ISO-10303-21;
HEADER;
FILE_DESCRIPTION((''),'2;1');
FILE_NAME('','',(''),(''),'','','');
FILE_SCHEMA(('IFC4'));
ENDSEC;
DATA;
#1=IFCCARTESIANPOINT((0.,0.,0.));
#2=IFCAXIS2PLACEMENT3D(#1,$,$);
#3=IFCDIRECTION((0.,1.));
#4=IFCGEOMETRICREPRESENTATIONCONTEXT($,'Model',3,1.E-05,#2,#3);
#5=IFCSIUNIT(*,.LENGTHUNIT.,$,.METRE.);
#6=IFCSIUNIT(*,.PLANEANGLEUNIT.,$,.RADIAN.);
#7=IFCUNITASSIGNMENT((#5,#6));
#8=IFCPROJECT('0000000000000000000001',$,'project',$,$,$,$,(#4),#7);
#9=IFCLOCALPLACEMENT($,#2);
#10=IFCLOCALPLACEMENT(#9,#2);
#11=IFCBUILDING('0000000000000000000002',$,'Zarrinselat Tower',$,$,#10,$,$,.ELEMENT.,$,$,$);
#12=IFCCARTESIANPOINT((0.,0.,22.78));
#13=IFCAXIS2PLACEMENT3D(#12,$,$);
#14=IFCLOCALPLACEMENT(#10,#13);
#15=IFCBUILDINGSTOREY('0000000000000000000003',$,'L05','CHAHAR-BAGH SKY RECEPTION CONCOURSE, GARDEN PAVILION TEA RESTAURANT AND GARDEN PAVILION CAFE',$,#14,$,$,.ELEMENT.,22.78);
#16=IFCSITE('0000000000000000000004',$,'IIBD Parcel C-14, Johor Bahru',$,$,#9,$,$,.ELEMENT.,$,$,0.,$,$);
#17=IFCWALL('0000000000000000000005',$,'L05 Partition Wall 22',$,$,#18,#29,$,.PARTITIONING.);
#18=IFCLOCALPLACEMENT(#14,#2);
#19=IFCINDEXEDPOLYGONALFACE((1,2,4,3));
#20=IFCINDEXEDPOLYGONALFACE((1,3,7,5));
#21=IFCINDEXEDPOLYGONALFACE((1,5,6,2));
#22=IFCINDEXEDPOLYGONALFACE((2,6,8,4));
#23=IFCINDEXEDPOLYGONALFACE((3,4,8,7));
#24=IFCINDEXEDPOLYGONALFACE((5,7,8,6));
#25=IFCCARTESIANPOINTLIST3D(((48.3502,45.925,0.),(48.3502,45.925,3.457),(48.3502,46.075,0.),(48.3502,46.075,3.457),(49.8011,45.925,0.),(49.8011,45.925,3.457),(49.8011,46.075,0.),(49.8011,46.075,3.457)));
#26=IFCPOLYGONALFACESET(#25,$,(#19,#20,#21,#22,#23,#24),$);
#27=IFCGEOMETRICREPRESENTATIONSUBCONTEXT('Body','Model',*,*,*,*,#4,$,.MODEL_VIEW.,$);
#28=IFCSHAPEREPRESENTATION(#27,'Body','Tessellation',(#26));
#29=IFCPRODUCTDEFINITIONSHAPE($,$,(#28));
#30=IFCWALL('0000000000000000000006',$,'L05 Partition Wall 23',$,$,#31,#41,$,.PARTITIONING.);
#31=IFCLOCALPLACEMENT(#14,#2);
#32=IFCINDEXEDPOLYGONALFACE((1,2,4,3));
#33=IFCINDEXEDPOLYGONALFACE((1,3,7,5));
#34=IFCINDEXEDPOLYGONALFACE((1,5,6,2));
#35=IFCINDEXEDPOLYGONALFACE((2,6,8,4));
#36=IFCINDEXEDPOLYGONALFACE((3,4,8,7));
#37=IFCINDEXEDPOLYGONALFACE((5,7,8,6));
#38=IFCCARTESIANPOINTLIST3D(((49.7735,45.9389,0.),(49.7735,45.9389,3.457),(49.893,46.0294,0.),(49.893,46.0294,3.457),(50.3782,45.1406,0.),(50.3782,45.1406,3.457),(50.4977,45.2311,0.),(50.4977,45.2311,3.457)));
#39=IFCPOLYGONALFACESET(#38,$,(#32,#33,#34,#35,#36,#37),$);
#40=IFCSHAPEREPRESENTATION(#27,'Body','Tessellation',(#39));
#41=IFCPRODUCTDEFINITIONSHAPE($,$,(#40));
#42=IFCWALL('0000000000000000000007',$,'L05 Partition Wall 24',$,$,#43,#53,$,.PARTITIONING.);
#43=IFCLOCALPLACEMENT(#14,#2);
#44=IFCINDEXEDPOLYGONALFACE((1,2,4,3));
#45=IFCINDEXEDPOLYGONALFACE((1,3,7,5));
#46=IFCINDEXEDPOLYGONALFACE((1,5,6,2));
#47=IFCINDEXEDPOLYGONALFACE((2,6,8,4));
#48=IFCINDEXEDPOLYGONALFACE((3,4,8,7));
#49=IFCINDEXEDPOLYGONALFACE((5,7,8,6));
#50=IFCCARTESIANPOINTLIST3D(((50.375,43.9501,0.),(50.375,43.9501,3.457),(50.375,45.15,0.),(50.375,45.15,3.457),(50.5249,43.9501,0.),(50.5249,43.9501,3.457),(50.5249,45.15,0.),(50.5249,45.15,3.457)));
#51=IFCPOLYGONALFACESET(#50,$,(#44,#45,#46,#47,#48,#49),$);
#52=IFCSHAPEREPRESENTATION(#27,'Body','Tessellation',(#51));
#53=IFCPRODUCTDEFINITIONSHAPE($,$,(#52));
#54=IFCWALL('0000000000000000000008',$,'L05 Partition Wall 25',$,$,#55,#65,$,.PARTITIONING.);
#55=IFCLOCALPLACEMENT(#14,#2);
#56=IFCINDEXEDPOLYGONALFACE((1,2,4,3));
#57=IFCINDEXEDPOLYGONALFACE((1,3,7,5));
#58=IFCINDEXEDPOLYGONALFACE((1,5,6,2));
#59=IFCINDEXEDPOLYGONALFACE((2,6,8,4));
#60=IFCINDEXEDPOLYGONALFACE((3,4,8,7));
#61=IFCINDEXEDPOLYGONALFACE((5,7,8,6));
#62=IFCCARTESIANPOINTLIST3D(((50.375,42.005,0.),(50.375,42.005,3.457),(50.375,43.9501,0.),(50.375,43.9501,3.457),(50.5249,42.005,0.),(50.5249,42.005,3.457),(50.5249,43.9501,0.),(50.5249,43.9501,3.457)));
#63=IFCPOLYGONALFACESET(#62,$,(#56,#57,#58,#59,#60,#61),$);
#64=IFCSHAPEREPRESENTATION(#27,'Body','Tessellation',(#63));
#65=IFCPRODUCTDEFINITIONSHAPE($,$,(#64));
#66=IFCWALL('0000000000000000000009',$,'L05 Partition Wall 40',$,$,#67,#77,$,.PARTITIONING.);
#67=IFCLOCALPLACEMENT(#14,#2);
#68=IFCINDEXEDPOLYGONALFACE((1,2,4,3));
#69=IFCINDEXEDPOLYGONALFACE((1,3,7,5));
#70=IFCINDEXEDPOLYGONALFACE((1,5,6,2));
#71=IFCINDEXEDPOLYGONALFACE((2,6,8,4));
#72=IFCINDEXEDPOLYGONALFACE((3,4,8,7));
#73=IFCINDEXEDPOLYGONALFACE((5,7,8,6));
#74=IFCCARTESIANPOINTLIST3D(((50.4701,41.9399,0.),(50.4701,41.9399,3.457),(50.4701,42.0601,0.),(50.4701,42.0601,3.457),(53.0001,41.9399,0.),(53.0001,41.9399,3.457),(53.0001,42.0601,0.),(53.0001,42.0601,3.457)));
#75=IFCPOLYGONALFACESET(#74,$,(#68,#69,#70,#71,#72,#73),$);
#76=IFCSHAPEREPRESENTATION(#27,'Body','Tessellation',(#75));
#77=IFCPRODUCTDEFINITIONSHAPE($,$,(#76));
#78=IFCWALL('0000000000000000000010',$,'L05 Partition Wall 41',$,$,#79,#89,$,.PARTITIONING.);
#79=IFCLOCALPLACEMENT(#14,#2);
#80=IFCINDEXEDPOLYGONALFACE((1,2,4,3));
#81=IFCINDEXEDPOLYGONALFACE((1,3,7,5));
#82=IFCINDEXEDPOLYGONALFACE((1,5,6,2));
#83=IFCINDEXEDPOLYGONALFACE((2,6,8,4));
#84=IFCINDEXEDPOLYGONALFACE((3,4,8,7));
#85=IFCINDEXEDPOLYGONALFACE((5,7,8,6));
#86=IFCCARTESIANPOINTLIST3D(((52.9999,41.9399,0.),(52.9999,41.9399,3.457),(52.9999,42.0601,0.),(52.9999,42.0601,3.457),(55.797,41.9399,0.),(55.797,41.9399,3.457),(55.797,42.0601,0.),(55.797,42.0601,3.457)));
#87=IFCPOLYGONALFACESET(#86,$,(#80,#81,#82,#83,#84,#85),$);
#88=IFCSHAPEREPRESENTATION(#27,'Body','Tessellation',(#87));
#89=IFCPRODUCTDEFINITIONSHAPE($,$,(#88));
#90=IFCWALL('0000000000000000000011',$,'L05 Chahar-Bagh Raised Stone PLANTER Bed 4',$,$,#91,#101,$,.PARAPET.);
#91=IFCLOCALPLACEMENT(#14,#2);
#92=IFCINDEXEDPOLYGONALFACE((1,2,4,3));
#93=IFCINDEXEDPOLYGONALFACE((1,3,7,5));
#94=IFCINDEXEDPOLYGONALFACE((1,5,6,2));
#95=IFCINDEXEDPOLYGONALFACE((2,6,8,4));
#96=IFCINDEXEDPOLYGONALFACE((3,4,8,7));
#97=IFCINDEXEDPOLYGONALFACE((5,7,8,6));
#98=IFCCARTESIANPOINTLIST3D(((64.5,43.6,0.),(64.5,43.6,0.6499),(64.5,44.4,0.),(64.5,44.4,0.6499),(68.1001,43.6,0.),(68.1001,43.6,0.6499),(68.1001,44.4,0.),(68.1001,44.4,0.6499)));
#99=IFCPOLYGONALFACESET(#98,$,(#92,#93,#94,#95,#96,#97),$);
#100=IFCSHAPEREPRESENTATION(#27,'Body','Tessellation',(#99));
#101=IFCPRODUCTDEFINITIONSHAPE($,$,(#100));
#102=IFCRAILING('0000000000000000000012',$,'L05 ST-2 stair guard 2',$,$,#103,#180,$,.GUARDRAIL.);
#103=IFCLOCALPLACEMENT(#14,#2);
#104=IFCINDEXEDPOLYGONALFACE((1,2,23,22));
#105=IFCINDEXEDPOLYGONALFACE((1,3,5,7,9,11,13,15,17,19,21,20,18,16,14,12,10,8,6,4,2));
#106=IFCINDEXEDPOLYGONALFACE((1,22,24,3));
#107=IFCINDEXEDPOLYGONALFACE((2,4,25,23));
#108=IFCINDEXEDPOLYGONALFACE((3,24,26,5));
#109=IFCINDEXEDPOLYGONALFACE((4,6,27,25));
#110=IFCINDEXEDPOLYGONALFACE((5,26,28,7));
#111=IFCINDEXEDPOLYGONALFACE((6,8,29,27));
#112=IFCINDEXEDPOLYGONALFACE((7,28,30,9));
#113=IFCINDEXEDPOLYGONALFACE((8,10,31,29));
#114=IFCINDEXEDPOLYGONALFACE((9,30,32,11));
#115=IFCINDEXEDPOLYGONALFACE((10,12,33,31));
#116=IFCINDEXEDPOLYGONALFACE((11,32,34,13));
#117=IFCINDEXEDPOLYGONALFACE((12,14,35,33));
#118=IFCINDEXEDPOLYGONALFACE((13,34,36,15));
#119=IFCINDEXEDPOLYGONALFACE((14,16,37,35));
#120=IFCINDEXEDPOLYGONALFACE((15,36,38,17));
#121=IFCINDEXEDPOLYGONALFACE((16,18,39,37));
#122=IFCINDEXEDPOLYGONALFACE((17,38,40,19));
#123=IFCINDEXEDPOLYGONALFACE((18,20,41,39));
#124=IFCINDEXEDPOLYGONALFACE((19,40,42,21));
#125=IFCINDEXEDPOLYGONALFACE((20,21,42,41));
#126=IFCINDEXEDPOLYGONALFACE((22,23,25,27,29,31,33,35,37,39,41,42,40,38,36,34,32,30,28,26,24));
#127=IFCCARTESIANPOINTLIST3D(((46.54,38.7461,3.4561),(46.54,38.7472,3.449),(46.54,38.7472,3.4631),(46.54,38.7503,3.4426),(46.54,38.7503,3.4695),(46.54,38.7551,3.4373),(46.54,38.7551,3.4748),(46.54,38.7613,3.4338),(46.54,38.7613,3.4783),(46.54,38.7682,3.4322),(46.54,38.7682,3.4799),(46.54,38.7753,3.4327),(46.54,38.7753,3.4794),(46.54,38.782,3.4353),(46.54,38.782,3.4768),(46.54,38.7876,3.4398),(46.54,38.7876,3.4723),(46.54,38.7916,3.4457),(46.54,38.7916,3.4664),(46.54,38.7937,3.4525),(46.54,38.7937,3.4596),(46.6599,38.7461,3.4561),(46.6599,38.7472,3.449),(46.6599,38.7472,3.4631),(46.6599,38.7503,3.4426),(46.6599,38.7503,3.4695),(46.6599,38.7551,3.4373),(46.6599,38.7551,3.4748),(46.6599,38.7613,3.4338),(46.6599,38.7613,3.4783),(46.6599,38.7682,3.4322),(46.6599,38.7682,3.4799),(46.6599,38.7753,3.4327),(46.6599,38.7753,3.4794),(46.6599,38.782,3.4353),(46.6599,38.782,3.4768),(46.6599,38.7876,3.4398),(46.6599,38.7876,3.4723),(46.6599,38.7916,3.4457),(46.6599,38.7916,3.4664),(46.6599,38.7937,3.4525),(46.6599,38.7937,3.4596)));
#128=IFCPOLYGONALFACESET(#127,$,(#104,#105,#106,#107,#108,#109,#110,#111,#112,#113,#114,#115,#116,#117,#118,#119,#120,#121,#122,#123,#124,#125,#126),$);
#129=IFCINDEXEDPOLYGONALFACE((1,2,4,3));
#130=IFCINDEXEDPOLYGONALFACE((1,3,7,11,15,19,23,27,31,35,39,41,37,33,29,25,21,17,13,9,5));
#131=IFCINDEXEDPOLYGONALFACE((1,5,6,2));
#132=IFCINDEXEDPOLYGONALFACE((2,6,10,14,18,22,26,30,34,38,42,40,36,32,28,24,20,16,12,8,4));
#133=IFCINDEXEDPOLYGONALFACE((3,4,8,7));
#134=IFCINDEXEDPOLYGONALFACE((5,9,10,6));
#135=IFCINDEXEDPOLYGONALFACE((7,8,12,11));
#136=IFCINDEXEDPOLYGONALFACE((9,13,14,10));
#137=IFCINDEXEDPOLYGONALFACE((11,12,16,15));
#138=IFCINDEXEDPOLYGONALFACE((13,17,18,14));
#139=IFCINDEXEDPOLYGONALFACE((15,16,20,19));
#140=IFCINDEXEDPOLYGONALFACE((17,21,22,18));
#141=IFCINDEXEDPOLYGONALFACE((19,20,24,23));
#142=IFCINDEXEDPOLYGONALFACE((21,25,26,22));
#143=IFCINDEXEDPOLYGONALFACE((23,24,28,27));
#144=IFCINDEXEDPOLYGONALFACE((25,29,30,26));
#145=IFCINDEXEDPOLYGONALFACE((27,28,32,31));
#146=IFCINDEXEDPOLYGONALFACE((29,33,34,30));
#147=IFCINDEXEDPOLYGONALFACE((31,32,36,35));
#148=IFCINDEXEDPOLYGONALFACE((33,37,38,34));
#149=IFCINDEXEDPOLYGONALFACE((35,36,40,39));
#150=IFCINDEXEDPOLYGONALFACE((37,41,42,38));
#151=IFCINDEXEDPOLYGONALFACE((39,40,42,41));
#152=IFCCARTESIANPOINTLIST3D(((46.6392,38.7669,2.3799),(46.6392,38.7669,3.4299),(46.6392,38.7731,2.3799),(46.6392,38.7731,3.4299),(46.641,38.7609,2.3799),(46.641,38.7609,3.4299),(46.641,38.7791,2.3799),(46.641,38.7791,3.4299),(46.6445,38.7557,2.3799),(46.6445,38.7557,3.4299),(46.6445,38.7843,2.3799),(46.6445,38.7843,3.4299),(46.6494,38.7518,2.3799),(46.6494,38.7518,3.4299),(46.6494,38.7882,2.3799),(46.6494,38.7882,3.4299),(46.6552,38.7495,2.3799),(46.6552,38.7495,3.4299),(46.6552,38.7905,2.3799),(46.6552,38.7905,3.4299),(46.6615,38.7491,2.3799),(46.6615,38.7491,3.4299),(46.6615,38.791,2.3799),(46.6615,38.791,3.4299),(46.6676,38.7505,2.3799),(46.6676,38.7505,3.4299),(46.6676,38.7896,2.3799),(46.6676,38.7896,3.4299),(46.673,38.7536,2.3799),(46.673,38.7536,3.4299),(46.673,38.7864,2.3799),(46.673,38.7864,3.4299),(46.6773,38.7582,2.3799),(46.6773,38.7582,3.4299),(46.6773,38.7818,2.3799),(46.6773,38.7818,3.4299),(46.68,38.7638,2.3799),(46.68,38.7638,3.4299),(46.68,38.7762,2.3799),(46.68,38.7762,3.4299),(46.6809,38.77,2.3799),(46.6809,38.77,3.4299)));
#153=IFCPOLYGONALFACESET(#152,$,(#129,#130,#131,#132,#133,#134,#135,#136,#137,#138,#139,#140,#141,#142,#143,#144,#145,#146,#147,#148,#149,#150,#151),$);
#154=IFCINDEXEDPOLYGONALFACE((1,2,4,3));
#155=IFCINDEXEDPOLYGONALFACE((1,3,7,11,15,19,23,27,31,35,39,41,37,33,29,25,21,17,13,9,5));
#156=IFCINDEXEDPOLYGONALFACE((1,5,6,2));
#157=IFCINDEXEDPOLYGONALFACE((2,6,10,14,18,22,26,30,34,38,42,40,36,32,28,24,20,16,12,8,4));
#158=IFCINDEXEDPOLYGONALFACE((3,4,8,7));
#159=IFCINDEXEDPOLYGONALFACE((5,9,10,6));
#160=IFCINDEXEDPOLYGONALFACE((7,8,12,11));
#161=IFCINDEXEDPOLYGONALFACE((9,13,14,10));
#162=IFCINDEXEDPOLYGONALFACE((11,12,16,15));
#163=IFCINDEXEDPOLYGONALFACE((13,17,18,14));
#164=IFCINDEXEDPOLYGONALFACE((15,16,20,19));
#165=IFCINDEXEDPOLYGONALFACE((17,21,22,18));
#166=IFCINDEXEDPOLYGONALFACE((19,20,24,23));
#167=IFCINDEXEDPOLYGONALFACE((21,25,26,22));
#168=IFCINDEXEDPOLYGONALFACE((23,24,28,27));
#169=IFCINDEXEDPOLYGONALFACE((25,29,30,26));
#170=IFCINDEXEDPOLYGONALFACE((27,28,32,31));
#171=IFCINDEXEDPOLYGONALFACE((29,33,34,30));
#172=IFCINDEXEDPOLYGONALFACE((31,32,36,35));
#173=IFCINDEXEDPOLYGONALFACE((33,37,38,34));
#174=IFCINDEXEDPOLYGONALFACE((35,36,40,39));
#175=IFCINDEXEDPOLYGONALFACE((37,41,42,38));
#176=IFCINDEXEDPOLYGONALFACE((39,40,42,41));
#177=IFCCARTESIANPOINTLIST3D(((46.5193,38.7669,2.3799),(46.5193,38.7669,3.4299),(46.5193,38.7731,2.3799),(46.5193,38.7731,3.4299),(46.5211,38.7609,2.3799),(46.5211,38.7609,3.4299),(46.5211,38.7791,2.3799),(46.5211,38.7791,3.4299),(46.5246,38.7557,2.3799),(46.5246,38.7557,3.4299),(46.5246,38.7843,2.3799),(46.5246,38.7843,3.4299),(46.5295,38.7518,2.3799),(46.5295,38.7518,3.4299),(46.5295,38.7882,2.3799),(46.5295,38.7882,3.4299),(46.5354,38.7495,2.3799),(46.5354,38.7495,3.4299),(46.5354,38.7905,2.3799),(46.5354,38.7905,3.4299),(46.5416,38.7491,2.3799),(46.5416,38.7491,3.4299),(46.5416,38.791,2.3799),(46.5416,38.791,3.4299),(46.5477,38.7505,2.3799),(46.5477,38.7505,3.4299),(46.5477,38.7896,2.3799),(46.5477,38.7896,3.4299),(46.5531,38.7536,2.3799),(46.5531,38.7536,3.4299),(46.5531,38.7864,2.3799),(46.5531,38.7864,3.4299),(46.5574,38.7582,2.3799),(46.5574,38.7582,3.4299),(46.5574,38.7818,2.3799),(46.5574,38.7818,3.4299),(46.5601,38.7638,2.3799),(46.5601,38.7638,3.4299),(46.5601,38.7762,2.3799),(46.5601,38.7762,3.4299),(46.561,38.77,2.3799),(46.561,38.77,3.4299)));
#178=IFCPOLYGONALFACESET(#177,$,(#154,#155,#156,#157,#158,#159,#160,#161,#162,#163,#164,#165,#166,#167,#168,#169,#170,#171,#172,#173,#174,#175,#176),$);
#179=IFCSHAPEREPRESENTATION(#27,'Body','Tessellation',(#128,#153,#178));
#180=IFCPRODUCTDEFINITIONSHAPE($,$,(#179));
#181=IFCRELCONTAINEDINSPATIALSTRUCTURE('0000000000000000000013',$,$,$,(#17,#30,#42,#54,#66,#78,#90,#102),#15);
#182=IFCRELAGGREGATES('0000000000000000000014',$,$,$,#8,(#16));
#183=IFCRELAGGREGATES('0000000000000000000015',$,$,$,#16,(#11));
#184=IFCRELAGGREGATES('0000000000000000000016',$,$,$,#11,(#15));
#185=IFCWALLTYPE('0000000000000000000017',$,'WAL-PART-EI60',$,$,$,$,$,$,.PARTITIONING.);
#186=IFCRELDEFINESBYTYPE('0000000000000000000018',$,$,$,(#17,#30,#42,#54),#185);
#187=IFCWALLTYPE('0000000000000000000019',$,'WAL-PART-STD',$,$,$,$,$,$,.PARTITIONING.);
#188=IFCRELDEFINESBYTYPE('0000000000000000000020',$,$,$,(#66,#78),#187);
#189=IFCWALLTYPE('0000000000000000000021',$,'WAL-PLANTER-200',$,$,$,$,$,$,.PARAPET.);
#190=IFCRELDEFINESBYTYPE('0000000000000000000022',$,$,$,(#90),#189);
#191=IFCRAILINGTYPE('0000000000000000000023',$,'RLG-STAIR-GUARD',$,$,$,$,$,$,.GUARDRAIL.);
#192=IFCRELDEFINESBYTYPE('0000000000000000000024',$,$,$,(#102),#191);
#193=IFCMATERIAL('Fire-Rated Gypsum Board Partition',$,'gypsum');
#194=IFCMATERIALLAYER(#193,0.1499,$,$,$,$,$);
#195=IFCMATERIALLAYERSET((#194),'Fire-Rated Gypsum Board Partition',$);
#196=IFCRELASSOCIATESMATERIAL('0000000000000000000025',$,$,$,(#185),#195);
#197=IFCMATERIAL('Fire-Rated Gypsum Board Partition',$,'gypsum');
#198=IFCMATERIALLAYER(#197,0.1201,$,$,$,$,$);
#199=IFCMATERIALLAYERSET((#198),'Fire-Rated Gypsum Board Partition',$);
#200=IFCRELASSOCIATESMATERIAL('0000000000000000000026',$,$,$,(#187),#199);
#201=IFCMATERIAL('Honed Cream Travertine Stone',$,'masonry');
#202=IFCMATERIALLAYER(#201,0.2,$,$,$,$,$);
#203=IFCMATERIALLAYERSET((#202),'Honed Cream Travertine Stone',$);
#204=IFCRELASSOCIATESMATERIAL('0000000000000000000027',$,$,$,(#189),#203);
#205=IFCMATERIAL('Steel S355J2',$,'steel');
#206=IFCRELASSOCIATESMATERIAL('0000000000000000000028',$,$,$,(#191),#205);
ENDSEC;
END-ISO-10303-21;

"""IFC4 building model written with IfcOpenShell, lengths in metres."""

from ifc_helpers import new_model, si_unit, direction, frame, frame_2d, origin, origin_2d, place, context, subcontext, project, spatial, rectangle, circle, extrude, material, layer, layer_set, type_object, element, save


model = new_model("IFC4")

# Units and contexts
model_context = context("Model", 3, precision=1e-05, world=origin(), true_north=direction((0.0, 1.0)))
body_context = subcontext(model_context, "Body", "Model", "MODEL_VIEW")
ifc_project = project(units=[si_unit("LENGTHUNIT", "METRE"), si_unit("PLANEANGLEUNIT", "RADIAN")], contexts=[model_context])

# Site, building, storey
site_placement = place(None, origin())
site = spatial("IfcSite", under=ifc_project, at=site_placement, Name="IIBD Parcel C-14, Johor Bahru", CompositionType="ELEMENT", RefElevation=0.0)
building_placement = place(site_placement, origin())
building = spatial("IfcBuilding", under=site, at=building_placement, Name="Zarrinselat Tower", CompositionType="ELEMENT")
storey_placement = place(building_placement, frame((0.0, 0.0, 22.78)))
storey = spatial("IfcBuildingStorey", under=building, at=storey_placement, Name="L05", Description="CHAHAR-BAGH SKY RECEPTION CONCOURSE, GARDEN PAVILION TEA RESTAURANT AND GARDEN PAVILION CAFE", CompositionType="ELEMENT", Elevation=22.78)

# Walls
ifc_material_1 = material(Name="Fire-Rated Gypsum Board Partition", Category="gypsum")
ifc_layer_1 = layer(ifc_material_1, 0.1499)
ifc_layer_set_1 = layer_set([ifc_layer_1], Name="Fire-Rated Gypsum Board Partition")
wall_type_1 = type_object("IfcWallType", Name="WAL-PART-EI60", PredefinedType="PARTITIONING", material=ifc_layer_set_1)
wall_1_placement = place(storey_placement, frame((48.3501, 46.0, 0.0), z_axis=(0.0, 0.0, 1.0), x_axis=(1.0, 0.0, 0.0)))
element("IfcWall", 1, at=wall_1_placement, inside=storey, type_object=wall_type_1, Name="L05 Partition Wall 22", PredefinedType="PARTITIONING", context=body_context, shape_type="SweptSolid", body=[
    extrude(rectangle(XDim=1.4509, YDim=0.1499, at=frame_2d((0.7256, 0.0))), origin(), (0.0, 0.0, 1.0), 3.457),
])
wall_2_placement = place(storey_placement, frame((49.8333, 45.9841, 0.0), z_axis=(0.0, 0.0, 1.0), x_axis=(0.603815, -0.797124, 0.0)))
element("IfcWall", 2, at=wall_2_placement, inside=storey, type_object=wall_type_1, Name="L05 Partition Wall 23", PredefinedType="PARTITIONING", context=body_context, shape_type="SweptSolid", body=[
    extrude(rectangle(XDim=1.0015, YDim=0.1499, at=frame_2d((0.5007, 0.0))), origin(), (0.0, 0.0, 1.0), 3.457),
])
wall_3_placement = place(storey_placement, frame((50.45, 43.95, 0.0), z_axis=(0.0, 0.0, 1.0), x_axis=(0.0, 1.0, 0.0)))
element("IfcWall", 3, at=wall_3_placement, inside=storey, type_object=wall_type_1, Name="L05 Partition Wall 24", PredefinedType="PARTITIONING", context=body_context, shape_type="SweptSolid", body=[
    extrude(rectangle(XDim=1.2, YDim=0.1499, at=frame_2d((0.6001, 0.0))), origin(), (0.0, 0.0, 1.0), 3.457),
])
wall_4_placement = place(storey_placement, frame((50.45, 42.0049, 0.0), z_axis=(0.0, 0.0, 1.0), x_axis=(0.0, 1.0, 0.0)))
element("IfcWall", 4, at=wall_4_placement, inside=storey, type_object=wall_type_1, Name="L05 Partition Wall 25", PredefinedType="PARTITIONING", context=body_context, shape_type="SweptSolid", body=[
    extrude(rectangle(XDim=1.9451, YDim=0.1499, at=frame_2d((0.9727, 0.0))), origin(), (0.0, 0.0, 1.0), 3.457),
])
ifc_material_2 = material(Name="Fire-Rated Gypsum Board Partition", Category="gypsum")
ifc_layer_2 = layer(ifc_material_2, 0.1201)
ifc_layer_set_2 = layer_set([ifc_layer_2], Name="Fire-Rated Gypsum Board Partition")
wall_type_2 = type_object("IfcWallType", Name="WAL-PART-STD", PredefinedType="PARTITIONING", material=ifc_layer_set_2)
wall_5_placement = place(storey_placement, frame((50.47, 42.0, 0.0), z_axis=(0.0, 0.0, 1.0), x_axis=(1.0, 0.0, 0.0)))
element("IfcWall", 5, at=wall_5_placement, inside=storey, type_object=wall_type_2, Name="L05 Partition Wall 40", PredefinedType="PARTITIONING", context=body_context, shape_type="SweptSolid", body=[
    extrude(rectangle(XDim=2.53, YDim=0.1201, at=frame_2d((1.2651, 0.0))), origin(), (0.0, 0.0, 1.0), 3.457),
])
wall_6_placement = place(storey_placement, frame((53.0, 42.0, 0.0), z_axis=(0.0, 0.0, 1.0), x_axis=(1.0, 0.0, 0.0)))
element("IfcWall", 6, at=wall_6_placement, inside=storey, type_object=wall_type_2, Name="L05 Partition Wall 41", PredefinedType="PARTITIONING", context=body_context, shape_type="SweptSolid", body=[
    extrude(rectangle(XDim=2.7971, YDim=0.1201, at=frame_2d((1.3984, 0.0))), origin(), (0.0, 0.0, 1.0), 3.457),
])
ifc_material_3 = material(Name="Honed Cream Travertine Stone", Category="masonry")
ifc_layer_3 = layer(ifc_material_3, 0.2)
ifc_layer_set_3 = layer_set([ifc_layer_3], Name="Honed Cream Travertine Stone")
wall_type_3 = type_object("IfcWallType", Name="WAL-PLANTER-200", PredefinedType="PARAPET", material=ifc_layer_set_3)
wall_7_placement = place(storey_placement, frame((64.5, 44.0, 0.0), z_axis=(0.0, 0.0, 1.0), x_axis=(1.0, 0.0, 0.0)))
element("IfcWall", 7, at=wall_7_placement, inside=storey, type_object=wall_type_3, Name="L05 Chahar-Bagh Raised Stone PLANTER Bed 4", PredefinedType="PARAPET", context=body_context, shape_type="SweptSolid", body=[
    extrude(rectangle(XDim=3.6001, YDim=0.8, at=frame_2d((1.8, 0.0))), origin(), (0.0, 0.0, 1.0), 0.6499),
])

# Railing
ifc_material_4 = material(Name="Steel S355J2", Category="steel")
railing_type_1 = type_object("IfcRailingType", Name="RLG-STAIR-GUARD", PredefinedType="GUARDRAIL", material=ifc_material_4)
railing_1_placement = place(storey_placement, frame((46.6599, 38.77, 2.3799)))
element("IfcRailing", 8, at=railing_1_placement, inside=storey, type_object=railing_type_1, Name="L05 ST-2 stair guard 2", PredefinedType="GUARDRAIL", context=body_context, shape_type="SweptSolid", body=[
    extrude(circle(Radius=0.0239, at=origin_2d()), frame((0.0, 0.0, 1.0762), z_axis=(-1.0, 0.0, 0.0), x_axis=(0.0, -1.0, 0.0)), (0.0, 0.0, 1.0), 0.1199),
    extrude(circle(Radius=0.021, at=origin_2d()), origin(), (0.0, 0.0, 1.0), 1.05),
    extrude(circle(Radius=0.021, at=origin_2d()), frame((-0.1199, 0.0, 0.0)), (0.0, 0.0, 1.0), 1.05),
])

save(model, "model.ifc")
